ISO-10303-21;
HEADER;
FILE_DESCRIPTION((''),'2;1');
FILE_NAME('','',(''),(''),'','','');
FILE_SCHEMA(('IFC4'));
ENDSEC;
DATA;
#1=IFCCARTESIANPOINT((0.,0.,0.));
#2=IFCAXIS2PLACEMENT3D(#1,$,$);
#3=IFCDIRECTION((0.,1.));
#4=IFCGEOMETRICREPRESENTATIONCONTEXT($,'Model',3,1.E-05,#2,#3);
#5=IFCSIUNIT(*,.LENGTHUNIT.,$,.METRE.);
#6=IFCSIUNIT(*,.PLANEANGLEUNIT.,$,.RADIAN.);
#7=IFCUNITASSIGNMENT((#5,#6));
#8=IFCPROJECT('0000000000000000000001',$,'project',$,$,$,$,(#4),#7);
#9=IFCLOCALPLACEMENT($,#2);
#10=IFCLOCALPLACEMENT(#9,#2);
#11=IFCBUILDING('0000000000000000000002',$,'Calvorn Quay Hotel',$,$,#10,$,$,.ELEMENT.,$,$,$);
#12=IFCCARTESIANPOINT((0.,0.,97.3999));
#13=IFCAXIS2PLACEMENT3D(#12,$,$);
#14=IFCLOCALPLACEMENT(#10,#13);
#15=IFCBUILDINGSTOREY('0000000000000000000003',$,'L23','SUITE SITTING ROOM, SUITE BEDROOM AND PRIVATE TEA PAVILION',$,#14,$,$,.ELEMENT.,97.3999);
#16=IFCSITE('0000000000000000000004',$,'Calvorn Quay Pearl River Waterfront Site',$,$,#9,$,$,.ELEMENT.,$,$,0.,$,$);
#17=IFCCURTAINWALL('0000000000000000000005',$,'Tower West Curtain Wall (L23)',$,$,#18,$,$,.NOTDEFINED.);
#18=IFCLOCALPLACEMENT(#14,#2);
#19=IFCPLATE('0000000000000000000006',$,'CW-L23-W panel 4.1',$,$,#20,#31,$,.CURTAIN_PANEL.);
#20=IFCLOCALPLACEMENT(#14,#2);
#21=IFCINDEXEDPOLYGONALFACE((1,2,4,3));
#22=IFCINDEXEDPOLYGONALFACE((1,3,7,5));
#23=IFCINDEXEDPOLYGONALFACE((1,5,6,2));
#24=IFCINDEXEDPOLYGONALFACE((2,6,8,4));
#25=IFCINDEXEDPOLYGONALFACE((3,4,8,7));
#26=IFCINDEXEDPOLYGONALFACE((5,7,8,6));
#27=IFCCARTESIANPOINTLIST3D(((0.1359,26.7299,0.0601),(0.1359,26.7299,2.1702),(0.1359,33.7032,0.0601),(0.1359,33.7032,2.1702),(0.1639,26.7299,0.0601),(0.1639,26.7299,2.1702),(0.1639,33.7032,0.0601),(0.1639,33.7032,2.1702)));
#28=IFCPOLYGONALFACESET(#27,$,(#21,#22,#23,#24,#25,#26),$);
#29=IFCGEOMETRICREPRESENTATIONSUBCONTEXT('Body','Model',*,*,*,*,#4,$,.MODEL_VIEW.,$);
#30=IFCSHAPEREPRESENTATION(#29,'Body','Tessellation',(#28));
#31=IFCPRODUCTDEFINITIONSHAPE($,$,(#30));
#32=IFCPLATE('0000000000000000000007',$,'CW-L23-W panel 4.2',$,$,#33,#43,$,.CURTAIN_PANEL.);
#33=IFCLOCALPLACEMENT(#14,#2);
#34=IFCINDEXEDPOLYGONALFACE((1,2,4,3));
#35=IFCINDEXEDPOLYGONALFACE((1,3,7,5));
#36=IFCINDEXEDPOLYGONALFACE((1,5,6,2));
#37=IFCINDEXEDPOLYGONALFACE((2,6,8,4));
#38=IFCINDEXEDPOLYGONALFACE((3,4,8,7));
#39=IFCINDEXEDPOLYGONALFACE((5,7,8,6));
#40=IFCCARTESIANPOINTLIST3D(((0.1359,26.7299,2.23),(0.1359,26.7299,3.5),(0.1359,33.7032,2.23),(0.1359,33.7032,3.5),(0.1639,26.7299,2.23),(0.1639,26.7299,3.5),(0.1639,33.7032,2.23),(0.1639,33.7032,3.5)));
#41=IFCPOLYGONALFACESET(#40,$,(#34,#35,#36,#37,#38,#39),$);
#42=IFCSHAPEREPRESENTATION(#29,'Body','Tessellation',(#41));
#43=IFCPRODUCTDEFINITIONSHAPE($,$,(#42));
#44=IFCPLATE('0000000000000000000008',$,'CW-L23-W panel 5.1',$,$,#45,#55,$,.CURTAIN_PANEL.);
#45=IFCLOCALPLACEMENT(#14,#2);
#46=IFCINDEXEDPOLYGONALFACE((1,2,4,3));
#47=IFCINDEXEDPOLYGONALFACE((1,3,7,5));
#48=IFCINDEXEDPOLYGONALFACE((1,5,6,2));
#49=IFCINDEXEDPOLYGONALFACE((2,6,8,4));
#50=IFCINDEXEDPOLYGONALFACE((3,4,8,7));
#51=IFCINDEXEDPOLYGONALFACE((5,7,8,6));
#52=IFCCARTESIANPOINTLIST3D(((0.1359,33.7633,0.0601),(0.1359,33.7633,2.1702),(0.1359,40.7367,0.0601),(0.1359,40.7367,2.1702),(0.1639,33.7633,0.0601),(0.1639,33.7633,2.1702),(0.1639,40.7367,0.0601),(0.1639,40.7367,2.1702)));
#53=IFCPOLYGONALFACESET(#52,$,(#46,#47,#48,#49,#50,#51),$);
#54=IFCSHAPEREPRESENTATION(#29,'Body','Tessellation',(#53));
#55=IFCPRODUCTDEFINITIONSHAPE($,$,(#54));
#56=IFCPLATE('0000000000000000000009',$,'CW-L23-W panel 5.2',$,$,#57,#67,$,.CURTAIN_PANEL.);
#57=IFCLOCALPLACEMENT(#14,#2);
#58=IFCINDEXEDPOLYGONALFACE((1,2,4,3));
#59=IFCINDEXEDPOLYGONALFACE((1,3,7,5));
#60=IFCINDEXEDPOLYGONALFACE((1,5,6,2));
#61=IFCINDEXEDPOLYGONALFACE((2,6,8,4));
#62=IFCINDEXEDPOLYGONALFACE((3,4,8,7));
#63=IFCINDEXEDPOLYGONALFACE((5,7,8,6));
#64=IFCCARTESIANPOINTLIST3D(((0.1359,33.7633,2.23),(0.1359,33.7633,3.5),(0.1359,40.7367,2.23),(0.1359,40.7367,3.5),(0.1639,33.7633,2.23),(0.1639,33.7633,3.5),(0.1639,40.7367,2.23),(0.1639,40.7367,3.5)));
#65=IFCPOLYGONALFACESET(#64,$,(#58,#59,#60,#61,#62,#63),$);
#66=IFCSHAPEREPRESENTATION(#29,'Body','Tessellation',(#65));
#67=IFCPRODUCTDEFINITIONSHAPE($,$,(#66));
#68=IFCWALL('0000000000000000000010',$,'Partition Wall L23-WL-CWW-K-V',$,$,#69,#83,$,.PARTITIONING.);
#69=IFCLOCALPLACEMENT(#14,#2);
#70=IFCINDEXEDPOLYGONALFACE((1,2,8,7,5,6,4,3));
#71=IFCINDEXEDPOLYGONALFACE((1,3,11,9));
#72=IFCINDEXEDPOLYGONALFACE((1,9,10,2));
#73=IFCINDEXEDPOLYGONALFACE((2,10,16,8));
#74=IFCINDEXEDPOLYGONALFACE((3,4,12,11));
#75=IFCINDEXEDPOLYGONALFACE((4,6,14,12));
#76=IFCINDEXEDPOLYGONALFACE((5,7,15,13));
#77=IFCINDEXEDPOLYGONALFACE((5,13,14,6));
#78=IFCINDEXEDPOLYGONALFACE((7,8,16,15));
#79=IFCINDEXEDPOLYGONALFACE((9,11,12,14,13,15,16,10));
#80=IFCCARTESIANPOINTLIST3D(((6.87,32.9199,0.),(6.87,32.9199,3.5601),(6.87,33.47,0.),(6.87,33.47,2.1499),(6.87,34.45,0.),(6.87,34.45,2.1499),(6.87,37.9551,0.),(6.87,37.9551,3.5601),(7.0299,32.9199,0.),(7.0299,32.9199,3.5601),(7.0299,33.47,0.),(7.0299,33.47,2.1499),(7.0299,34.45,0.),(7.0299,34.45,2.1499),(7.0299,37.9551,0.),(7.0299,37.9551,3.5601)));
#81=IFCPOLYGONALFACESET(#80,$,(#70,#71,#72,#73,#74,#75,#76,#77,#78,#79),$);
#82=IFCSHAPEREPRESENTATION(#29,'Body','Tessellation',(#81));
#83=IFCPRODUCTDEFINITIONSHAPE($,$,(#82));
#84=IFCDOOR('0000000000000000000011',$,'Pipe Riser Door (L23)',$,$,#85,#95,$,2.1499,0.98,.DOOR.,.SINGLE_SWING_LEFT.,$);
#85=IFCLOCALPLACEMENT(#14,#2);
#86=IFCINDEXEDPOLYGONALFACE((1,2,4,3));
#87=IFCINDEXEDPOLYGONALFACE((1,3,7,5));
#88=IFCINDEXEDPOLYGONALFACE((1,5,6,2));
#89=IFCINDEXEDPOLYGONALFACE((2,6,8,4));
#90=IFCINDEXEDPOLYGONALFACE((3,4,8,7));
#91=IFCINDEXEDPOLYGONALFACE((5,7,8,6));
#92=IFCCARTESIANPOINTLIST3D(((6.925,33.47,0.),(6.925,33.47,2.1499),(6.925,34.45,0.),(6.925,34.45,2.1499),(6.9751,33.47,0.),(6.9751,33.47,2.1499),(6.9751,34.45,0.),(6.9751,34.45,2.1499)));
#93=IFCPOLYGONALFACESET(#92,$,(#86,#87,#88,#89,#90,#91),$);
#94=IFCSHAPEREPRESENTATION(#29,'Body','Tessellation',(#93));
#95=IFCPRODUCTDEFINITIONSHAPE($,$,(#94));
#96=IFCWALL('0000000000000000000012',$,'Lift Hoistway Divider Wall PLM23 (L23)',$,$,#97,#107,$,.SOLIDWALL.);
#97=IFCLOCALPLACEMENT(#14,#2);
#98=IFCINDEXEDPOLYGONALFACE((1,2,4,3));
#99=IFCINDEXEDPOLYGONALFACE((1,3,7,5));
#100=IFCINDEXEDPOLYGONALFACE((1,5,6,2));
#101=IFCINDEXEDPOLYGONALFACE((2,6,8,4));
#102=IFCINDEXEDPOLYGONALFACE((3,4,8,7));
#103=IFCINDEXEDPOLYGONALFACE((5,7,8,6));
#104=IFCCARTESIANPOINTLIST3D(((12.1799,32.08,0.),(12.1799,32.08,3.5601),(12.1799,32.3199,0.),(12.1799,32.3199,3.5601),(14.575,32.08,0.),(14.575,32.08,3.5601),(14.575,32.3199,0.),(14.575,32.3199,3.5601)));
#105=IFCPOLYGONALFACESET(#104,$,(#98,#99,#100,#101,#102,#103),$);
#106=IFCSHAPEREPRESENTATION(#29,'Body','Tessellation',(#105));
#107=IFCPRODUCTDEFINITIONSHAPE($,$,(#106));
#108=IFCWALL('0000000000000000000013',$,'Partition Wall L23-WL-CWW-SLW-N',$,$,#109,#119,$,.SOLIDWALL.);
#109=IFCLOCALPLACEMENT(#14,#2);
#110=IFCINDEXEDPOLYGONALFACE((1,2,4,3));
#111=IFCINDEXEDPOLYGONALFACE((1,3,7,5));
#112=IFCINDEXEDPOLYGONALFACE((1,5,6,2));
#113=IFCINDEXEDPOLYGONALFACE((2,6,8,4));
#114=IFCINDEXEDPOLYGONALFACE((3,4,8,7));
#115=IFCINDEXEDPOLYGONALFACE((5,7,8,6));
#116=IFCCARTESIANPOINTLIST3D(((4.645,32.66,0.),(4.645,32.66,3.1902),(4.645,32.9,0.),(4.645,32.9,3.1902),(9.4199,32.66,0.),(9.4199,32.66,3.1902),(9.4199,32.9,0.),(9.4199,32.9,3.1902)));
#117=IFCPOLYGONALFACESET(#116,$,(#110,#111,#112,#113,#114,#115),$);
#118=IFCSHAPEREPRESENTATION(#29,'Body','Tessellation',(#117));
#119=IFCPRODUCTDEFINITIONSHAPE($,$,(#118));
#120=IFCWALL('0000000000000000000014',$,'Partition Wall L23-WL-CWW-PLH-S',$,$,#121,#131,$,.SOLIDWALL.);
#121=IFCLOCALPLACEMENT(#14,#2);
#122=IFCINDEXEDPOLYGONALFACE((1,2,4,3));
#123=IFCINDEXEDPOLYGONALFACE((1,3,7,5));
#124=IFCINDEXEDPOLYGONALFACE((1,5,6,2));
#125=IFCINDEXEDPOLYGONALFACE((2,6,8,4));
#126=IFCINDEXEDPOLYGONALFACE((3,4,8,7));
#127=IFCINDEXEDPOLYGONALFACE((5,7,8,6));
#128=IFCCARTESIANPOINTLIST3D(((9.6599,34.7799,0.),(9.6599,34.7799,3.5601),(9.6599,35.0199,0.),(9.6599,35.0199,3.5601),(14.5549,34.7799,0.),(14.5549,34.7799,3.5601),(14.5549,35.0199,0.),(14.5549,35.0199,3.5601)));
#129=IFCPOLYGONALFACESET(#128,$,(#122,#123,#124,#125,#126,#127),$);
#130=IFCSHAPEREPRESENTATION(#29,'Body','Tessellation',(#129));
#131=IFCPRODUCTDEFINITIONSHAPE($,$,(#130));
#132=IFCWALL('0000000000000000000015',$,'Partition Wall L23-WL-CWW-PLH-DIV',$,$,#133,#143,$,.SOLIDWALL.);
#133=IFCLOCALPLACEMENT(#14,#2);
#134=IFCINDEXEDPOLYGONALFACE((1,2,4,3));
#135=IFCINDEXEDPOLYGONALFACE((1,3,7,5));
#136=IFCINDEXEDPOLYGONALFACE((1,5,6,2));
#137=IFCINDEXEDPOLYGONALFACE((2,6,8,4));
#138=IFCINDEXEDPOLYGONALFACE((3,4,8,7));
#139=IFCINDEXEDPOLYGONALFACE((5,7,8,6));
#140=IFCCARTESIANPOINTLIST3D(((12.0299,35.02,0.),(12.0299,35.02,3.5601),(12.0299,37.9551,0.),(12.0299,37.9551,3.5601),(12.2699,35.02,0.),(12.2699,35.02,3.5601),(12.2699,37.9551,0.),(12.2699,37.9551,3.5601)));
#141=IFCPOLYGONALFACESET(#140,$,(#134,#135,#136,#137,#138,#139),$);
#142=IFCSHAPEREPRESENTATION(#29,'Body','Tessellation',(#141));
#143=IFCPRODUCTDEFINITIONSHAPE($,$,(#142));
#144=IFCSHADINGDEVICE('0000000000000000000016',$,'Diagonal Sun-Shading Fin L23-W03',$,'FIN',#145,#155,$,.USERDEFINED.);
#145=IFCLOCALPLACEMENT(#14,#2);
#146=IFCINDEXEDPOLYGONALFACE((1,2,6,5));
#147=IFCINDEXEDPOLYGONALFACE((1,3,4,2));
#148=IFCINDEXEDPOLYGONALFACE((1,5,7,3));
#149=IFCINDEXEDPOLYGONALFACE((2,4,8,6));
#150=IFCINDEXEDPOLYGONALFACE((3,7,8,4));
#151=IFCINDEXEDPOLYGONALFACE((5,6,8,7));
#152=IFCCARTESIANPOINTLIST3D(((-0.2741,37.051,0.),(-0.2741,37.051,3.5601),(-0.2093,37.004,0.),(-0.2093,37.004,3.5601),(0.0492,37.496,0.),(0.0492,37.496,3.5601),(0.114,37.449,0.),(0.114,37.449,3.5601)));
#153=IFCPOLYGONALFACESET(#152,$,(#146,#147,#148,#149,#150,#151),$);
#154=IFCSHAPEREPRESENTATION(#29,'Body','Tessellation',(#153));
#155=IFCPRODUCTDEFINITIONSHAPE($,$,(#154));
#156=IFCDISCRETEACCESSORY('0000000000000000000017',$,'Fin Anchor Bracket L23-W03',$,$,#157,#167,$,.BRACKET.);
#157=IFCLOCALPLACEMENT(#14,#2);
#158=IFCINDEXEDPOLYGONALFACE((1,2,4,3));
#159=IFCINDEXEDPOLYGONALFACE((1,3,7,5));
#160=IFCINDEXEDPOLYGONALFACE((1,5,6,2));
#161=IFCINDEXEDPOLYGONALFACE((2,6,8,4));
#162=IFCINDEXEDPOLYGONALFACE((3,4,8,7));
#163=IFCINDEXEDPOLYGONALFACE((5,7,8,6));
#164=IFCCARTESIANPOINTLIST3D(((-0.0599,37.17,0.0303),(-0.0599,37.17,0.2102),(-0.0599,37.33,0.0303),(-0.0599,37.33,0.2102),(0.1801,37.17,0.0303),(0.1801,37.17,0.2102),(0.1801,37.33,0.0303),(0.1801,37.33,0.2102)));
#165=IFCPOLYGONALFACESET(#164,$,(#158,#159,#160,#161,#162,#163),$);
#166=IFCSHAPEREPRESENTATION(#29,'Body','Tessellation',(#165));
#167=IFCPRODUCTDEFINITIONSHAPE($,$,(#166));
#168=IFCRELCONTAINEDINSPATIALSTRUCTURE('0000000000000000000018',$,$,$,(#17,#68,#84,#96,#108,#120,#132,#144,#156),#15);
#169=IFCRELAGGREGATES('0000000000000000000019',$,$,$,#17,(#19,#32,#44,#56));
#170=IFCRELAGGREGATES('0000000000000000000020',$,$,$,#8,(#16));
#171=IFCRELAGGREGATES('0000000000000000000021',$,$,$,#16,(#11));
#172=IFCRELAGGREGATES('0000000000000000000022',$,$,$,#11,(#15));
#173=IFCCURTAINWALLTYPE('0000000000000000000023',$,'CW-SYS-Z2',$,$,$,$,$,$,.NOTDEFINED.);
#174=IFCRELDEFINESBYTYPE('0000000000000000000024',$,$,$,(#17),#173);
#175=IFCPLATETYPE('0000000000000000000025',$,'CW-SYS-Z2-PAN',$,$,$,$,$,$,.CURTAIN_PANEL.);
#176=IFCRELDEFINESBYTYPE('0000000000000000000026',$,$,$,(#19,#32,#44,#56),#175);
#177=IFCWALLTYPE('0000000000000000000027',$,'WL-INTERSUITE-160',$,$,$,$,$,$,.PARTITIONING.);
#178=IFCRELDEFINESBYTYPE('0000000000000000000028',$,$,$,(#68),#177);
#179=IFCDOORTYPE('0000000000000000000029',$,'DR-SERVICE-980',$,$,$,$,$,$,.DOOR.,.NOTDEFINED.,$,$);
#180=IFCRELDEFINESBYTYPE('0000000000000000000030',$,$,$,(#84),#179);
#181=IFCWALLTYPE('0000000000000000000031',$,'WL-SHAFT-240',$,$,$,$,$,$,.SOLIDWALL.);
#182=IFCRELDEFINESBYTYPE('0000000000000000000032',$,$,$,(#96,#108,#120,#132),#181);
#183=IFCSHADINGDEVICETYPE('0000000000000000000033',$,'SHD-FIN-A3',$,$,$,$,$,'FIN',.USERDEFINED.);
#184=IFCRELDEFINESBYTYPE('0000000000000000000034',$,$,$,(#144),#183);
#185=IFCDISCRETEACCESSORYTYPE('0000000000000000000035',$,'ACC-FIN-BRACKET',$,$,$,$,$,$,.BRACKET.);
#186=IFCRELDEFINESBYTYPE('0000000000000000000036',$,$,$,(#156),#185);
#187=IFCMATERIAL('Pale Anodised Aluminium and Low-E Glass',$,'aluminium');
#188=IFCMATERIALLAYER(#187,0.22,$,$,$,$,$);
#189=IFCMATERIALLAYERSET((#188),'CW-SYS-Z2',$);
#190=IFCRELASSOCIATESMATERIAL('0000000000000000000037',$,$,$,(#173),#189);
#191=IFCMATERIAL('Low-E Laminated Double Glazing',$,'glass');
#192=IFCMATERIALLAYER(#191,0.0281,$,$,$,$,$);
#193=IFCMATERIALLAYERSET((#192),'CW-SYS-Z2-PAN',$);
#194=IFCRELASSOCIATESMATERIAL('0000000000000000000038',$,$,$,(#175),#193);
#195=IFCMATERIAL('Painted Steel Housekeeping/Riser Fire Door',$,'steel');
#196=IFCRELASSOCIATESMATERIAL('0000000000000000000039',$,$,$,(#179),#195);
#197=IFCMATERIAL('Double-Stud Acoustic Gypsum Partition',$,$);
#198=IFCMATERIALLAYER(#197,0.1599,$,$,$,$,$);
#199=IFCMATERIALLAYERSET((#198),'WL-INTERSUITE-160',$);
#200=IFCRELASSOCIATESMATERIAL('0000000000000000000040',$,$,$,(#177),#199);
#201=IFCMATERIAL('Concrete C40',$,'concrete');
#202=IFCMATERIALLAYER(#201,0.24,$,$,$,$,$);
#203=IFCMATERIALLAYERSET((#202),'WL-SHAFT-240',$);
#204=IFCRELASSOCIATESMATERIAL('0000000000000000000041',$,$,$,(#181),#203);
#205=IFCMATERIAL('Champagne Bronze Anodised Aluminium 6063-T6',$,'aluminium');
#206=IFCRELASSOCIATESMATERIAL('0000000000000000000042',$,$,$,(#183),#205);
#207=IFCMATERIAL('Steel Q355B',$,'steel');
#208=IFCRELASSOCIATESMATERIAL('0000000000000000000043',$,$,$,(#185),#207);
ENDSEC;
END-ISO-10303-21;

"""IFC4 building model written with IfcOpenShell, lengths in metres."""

from ifc_helpers import new_model, si_unit, direction, frame, frame_2d, origin, origin_2d, place, context, subcontext, project, spatial, rectangle, extrude, material, layer, layer_set, type_object, element, fill, aggregate, save


model = new_model("IFC4")

# Units and contexts
model_context = context("Model", 3, precision=1e-05, world=origin(), true_north=direction((0.0, 1.0)))
body_context = subcontext(model_context, "Body", "Model", "MODEL_VIEW")
ifc_project = project(units=[si_unit("LENGTHUNIT", "METRE"), si_unit("PLANEANGLEUNIT", "RADIAN")], contexts=[model_context])

# Site, building, storey
site_placement = place(None, origin())
site = spatial("IfcSite", under=ifc_project, at=site_placement, Name="Calvorn Quay Pearl River Waterfront Site", CompositionType="ELEMENT", RefElevation=0.0)
building_placement = place(site_placement, origin())
building = spatial("IfcBuilding", under=site, at=building_placement, Name="Calvorn Quay Hotel", CompositionType="ELEMENT")
storey_placement = place(building_placement, frame((0.0, 0.0, 97.3999)))
storey = spatial("IfcBuildingStorey", under=building, at=storey_placement, Name="L23", Description="SUITE SITTING ROOM, SUITE BEDROOM AND PRIVATE TEA PAVILION", CompositionType="ELEMENT", Elevation=97.3999)

# Curtain wall, plates
ifc_material_1 = material(Name="Pale Anodised Aluminium and Low-E Glass", Category="aluminium")
ifc_layer_1 = layer(ifc_material_1, 0.22)
ifc_layer_set_1 = layer_set([ifc_layer_1], Name="CW-SYS-Z2")
curtain_wall_type = type_object("IfcCurtainWallType", Name="CW-SYS-Z2", PredefinedType="NOTDEFINED", material=ifc_layer_set_1)
curtain_wall_placement = place(storey_placement, origin())
curtain_wall = element("IfcCurtainWall", 1, at=curtain_wall_placement, inside=storey, type_object=curtain_wall_type, Name="Tower West Curtain Wall (L23)", PredefinedType="NOTDEFINED")
ifc_material_2 = material(Name="Low-E Laminated Double Glazing", Category="glass")
ifc_layer_2 = layer(ifc_material_2, 0.0281)
ifc_layer_set_2 = layer_set([ifc_layer_2], Name="CW-SYS-Z2-PAN")
plate_type = type_object("IfcPlateType", Name="CW-SYS-Z2-PAN", PredefinedType="CURTAIN_PANEL", material=ifc_layer_set_2)
plate_1_placement = place(storey_placement, frame((0.1499, 30.2166, 0.0601), z_axis=(0.0, 0.0, 1.0), x_axis=(0.0, 1.0, 0.0)))
plate_1 = element("IfcPlate", 2, at=plate_1_placement, type_object=plate_type, Name="CW-L23-W panel 4.1", PredefinedType="CURTAIN_PANEL", context=body_context, shape_type="SweptSolid", body=[
    extrude(rectangle(XDim=6.9734, YDim=0.0281, at=origin_2d()), origin(), (0.0, 0.0, 1.0), 2.1101),
])
plate_2_placement = place(storey_placement, frame((0.1499, 30.2166, 2.23), z_axis=(0.0, 0.0, 1.0), x_axis=(0.0, 1.0, 0.0)))
plate_2 = element("IfcPlate", 3, at=plate_2_placement, type_object=plate_type, Name="CW-L23-W panel 4.2", PredefinedType="CURTAIN_PANEL", context=body_context, shape_type="SweptSolid", body=[
    extrude(rectangle(XDim=6.9734, YDim=0.0281, at=origin_2d()), origin(), (0.0, 0.0, 1.0), 1.27),
])
plate_3_placement = place(storey_placement, frame((0.1499, 37.25, 0.0601), z_axis=(0.0, 0.0, 1.0), x_axis=(0.0, 1.0, 0.0)))
plate_3 = element("IfcPlate", 4, at=plate_3_placement, type_object=plate_type, Name="CW-L23-W panel 5.1", PredefinedType="CURTAIN_PANEL", context=body_context, shape_type="SweptSolid", body=[
    extrude(rectangle(XDim=6.9734, YDim=0.0281, at=origin_2d()), origin(), (0.0, 0.0, 1.0), 2.1101),
])
plate_4_placement = place(storey_placement, frame((0.1499, 37.25, 2.23), z_axis=(0.0, 0.0, 1.0), x_axis=(0.0, 1.0, 0.0)))
plate_4 = element("IfcPlate", 5, at=plate_4_placement, type_object=plate_type, Name="CW-L23-W panel 5.2", PredefinedType="CURTAIN_PANEL", context=body_context, shape_type="SweptSolid", body=[
    extrude(rectangle(XDim=6.9734, YDim=0.0281, at=origin_2d()), origin(), (0.0, 0.0, 1.0), 1.27),
])
aggregate(curtain_wall, [plate_1, plate_2, plate_3, plate_4])

# Wall, opening, door
ifc_material_3 = material(Name="Painted Steel Housekeeping/Riser Fire Door", Category="steel")
door_type = type_object("IfcDoorType", Name="DR-SERVICE-980", OperationType="NOTDEFINED", PredefinedType="DOOR", material=ifc_material_3)
ifc_material_4 = material(Name="Double-Stud Acoustic Gypsum Partition")
ifc_layer_3 = layer(ifc_material_4, 0.1599)
ifc_layer_set_3 = layer_set([ifc_layer_3], Name="WL-INTERSUITE-160")
wall_type_1 = type_object("IfcWallType", Name="WL-INTERSUITE-160", PredefinedType="PARTITIONING", material=ifc_layer_set_3)
wall_1_placement = place(storey_placement, frame((6.95, 32.9199, 0.0), z_axis=(0.0, 0.0, 1.0), x_axis=(0.0, 1.0, 0.0)))
wall_1 = element("IfcWall", 6, at=wall_1_placement, inside=storey, type_object=wall_type_1, Name="Partition Wall L23-WL-CWW-K-V", PredefinedType="PARTITIONING", context=body_context, shape_type="SweptSolid", body=[
    extrude(rectangle(XDim=5.0352, YDim=0.1599, at=frame_2d((2.5176, 0.0))), origin(), (0.0, 0.0, 1.0), 3.5601),
])
opening_1_placement = place(wall_1_placement, frame((0.55, 0.0, 0.0)))
opening_1 = element("IfcOpeningElement", 7, at=opening_1_placement, cuts=wall_1, PredefinedType="OPENING", context=body_context, shape_type="SweptSolid", body=[
    extrude(rectangle(XDim=0.98, YDim=2.1499, at=frame_2d((0.49, 1.075))), frame((0.0, 0.0898, 0.0), z_axis=(0.0, -1.0, 0.0), x_axis=(1.0, 0.0, 0.0)), (0.0, 0.0, 1.0), 0.1799),
])
door_1_placement = place(opening_1_placement, origin())
door_1 = element("IfcDoor", 8, at=door_1_placement, inside=storey, type_object=door_type, Name="Pipe Riser Door (L23)", OperationType="SINGLE_SWING_LEFT", OverallHeight=2.1499, OverallWidth=0.98, PredefinedType="DOOR", context=body_context, shape_type="SweptSolid", body=[
    extrude(rectangle(XDim=0.98, YDim=2.1499, at=frame_2d((0.49, 1.075))), frame((0.0, 0.0249, 0.0), z_axis=(0.0, -1.0, 0.0), x_axis=(1.0, 0.0, 0.0)), (0.0, 0.0, 1.0), 0.05),
])
fill(opening_1, door_1)

# Walls
ifc_material_5 = material(Name="Concrete C40", Category="concrete")
ifc_layer_4 = layer(ifc_material_5, 0.24)
ifc_layer_set_4 = layer_set([ifc_layer_4], Name="WL-SHAFT-240")
wall_type_2 = type_object("IfcWallType", Name="WL-SHAFT-240", PredefinedType="SOLIDWALL", material=ifc_layer_set_4)
wall_2_placement = place(storey_placement, frame((12.1799, 32.2, 0.0), z_axis=(0.0, 0.0, 1.0), x_axis=(1.0, 0.0, 0.0)))
element("IfcWall", 9, at=wall_2_placement, inside=storey, type_object=wall_type_2, Name="Lift Hoistway Divider Wall PLM23 (L23)", PredefinedType="SOLIDWALL", context=body_context, shape_type="SweptSolid", body=[
    extrude(rectangle(XDim=2.395, YDim=0.24, at=frame_2d((1.1975, 0.0))), origin(), (0.0, 0.0, 1.0), 3.5601),
])
wall_3_placement = place(storey_placement, frame((4.645, 32.78, 0.0), z_axis=(0.0, 0.0, 1.0), x_axis=(1.0, 0.0, 0.0)))
element("IfcWall", 10, at=wall_3_placement, inside=storey, type_object=wall_type_2, Name="Partition Wall L23-WL-CWW-SLW-N", PredefinedType="SOLIDWALL", context=body_context, shape_type="SweptSolid", body=[
    extrude(rectangle(XDim=4.7749, YDim=0.24, at=frame_2d((2.3875, 0.0))), origin(), (0.0, 0.0, 1.0), 3.1902),
])
wall_4_placement = place(storey_placement, frame((9.6599, 34.8999, 0.0), z_axis=(0.0, 0.0, 1.0), x_axis=(1.0, 0.0, 0.0)))
element("IfcWall", 11, at=wall_4_placement, inside=storey, type_object=wall_type_2, Name="Partition Wall L23-WL-CWW-PLH-S", PredefinedType="SOLIDWALL", context=body_context, shape_type="SweptSolid", body=[
    extrude(rectangle(XDim=4.895, YDim=0.24, at=frame_2d((2.4475, 0.0))), origin(), (0.0, 0.0, 1.0), 3.5601),
])
wall_5_placement = place(storey_placement, frame((12.1499, 35.02, 0.0), z_axis=(0.0, 0.0, 1.0), x_axis=(0.0, 1.0, 0.0)))
element("IfcWall", 12, at=wall_5_placement, inside=storey, type_object=wall_type_2, Name="Partition Wall L23-WL-CWW-PLH-DIV", PredefinedType="SOLIDWALL", context=body_context, shape_type="SweptSolid", body=[
    extrude(rectangle(XDim=2.9351, YDim=0.24, at=frame_2d((1.4675, 0.0))), origin(), (0.0, 0.0, 1.0), 3.5601),
])

# Shading device
ifc_material_6 = material(Name="Champagne Bronze Anodised Aluminium 6063-T6", Category="aluminium")
shading_device_type = type_object("IfcShadingDeviceType", Name="SHD-FIN-A3", ElementType="FIN", PredefinedType="USERDEFINED", material=ifc_material_6)
shading_device_placement = place(storey_placement, frame((-0.0801, 37.25, 0.0), z_axis=(0.0, 0.0, 1.0), x_axis=(0.587785, 0.809017, 0.0)))
element("IfcShadingDevice", 13, at=shading_device_placement, inside=storey, type_object=shading_device_type, Name="Diagonal Sun-Shading Fin L23-W03", ObjectType="FIN", PredefinedType="USERDEFINED", context=body_context, shape_type="SweptSolid", body=[
    extrude(rectangle(XDim=0.55, YDim=0.0801, at=origin_2d()), origin(), (0.0, 0.0, 1.0), 3.5601),
])

# Discrete accessory
ifc_material_7 = material(Name="Steel Q355B", Category="steel")
discrete_accessory_type = type_object("IfcDiscreteAccessoryType", Name="ACC-FIN-BRACKET", PredefinedType="BRACKET", material=ifc_material_7)
discrete_accessory_placement = place(storey_placement, frame((0.0601, 37.25, 0.0303), z_axis=(0.0, 0.0, 1.0), x_axis=(1.0, 0.0, 0.0)))
element("IfcDiscreteAccessory", 14, at=discrete_accessory_placement, inside=storey, type_object=discrete_accessory_type, Name="Fin Anchor Bracket L23-W03", PredefinedType="BRACKET", context=body_context, shape_type="SweptSolid", body=[
    extrude(rectangle(XDim=0.24, YDim=0.1599, at=origin_2d()), origin(), (0.0, 0.0, 1.0), 0.1799),
])

save(model, "model.ifc")
